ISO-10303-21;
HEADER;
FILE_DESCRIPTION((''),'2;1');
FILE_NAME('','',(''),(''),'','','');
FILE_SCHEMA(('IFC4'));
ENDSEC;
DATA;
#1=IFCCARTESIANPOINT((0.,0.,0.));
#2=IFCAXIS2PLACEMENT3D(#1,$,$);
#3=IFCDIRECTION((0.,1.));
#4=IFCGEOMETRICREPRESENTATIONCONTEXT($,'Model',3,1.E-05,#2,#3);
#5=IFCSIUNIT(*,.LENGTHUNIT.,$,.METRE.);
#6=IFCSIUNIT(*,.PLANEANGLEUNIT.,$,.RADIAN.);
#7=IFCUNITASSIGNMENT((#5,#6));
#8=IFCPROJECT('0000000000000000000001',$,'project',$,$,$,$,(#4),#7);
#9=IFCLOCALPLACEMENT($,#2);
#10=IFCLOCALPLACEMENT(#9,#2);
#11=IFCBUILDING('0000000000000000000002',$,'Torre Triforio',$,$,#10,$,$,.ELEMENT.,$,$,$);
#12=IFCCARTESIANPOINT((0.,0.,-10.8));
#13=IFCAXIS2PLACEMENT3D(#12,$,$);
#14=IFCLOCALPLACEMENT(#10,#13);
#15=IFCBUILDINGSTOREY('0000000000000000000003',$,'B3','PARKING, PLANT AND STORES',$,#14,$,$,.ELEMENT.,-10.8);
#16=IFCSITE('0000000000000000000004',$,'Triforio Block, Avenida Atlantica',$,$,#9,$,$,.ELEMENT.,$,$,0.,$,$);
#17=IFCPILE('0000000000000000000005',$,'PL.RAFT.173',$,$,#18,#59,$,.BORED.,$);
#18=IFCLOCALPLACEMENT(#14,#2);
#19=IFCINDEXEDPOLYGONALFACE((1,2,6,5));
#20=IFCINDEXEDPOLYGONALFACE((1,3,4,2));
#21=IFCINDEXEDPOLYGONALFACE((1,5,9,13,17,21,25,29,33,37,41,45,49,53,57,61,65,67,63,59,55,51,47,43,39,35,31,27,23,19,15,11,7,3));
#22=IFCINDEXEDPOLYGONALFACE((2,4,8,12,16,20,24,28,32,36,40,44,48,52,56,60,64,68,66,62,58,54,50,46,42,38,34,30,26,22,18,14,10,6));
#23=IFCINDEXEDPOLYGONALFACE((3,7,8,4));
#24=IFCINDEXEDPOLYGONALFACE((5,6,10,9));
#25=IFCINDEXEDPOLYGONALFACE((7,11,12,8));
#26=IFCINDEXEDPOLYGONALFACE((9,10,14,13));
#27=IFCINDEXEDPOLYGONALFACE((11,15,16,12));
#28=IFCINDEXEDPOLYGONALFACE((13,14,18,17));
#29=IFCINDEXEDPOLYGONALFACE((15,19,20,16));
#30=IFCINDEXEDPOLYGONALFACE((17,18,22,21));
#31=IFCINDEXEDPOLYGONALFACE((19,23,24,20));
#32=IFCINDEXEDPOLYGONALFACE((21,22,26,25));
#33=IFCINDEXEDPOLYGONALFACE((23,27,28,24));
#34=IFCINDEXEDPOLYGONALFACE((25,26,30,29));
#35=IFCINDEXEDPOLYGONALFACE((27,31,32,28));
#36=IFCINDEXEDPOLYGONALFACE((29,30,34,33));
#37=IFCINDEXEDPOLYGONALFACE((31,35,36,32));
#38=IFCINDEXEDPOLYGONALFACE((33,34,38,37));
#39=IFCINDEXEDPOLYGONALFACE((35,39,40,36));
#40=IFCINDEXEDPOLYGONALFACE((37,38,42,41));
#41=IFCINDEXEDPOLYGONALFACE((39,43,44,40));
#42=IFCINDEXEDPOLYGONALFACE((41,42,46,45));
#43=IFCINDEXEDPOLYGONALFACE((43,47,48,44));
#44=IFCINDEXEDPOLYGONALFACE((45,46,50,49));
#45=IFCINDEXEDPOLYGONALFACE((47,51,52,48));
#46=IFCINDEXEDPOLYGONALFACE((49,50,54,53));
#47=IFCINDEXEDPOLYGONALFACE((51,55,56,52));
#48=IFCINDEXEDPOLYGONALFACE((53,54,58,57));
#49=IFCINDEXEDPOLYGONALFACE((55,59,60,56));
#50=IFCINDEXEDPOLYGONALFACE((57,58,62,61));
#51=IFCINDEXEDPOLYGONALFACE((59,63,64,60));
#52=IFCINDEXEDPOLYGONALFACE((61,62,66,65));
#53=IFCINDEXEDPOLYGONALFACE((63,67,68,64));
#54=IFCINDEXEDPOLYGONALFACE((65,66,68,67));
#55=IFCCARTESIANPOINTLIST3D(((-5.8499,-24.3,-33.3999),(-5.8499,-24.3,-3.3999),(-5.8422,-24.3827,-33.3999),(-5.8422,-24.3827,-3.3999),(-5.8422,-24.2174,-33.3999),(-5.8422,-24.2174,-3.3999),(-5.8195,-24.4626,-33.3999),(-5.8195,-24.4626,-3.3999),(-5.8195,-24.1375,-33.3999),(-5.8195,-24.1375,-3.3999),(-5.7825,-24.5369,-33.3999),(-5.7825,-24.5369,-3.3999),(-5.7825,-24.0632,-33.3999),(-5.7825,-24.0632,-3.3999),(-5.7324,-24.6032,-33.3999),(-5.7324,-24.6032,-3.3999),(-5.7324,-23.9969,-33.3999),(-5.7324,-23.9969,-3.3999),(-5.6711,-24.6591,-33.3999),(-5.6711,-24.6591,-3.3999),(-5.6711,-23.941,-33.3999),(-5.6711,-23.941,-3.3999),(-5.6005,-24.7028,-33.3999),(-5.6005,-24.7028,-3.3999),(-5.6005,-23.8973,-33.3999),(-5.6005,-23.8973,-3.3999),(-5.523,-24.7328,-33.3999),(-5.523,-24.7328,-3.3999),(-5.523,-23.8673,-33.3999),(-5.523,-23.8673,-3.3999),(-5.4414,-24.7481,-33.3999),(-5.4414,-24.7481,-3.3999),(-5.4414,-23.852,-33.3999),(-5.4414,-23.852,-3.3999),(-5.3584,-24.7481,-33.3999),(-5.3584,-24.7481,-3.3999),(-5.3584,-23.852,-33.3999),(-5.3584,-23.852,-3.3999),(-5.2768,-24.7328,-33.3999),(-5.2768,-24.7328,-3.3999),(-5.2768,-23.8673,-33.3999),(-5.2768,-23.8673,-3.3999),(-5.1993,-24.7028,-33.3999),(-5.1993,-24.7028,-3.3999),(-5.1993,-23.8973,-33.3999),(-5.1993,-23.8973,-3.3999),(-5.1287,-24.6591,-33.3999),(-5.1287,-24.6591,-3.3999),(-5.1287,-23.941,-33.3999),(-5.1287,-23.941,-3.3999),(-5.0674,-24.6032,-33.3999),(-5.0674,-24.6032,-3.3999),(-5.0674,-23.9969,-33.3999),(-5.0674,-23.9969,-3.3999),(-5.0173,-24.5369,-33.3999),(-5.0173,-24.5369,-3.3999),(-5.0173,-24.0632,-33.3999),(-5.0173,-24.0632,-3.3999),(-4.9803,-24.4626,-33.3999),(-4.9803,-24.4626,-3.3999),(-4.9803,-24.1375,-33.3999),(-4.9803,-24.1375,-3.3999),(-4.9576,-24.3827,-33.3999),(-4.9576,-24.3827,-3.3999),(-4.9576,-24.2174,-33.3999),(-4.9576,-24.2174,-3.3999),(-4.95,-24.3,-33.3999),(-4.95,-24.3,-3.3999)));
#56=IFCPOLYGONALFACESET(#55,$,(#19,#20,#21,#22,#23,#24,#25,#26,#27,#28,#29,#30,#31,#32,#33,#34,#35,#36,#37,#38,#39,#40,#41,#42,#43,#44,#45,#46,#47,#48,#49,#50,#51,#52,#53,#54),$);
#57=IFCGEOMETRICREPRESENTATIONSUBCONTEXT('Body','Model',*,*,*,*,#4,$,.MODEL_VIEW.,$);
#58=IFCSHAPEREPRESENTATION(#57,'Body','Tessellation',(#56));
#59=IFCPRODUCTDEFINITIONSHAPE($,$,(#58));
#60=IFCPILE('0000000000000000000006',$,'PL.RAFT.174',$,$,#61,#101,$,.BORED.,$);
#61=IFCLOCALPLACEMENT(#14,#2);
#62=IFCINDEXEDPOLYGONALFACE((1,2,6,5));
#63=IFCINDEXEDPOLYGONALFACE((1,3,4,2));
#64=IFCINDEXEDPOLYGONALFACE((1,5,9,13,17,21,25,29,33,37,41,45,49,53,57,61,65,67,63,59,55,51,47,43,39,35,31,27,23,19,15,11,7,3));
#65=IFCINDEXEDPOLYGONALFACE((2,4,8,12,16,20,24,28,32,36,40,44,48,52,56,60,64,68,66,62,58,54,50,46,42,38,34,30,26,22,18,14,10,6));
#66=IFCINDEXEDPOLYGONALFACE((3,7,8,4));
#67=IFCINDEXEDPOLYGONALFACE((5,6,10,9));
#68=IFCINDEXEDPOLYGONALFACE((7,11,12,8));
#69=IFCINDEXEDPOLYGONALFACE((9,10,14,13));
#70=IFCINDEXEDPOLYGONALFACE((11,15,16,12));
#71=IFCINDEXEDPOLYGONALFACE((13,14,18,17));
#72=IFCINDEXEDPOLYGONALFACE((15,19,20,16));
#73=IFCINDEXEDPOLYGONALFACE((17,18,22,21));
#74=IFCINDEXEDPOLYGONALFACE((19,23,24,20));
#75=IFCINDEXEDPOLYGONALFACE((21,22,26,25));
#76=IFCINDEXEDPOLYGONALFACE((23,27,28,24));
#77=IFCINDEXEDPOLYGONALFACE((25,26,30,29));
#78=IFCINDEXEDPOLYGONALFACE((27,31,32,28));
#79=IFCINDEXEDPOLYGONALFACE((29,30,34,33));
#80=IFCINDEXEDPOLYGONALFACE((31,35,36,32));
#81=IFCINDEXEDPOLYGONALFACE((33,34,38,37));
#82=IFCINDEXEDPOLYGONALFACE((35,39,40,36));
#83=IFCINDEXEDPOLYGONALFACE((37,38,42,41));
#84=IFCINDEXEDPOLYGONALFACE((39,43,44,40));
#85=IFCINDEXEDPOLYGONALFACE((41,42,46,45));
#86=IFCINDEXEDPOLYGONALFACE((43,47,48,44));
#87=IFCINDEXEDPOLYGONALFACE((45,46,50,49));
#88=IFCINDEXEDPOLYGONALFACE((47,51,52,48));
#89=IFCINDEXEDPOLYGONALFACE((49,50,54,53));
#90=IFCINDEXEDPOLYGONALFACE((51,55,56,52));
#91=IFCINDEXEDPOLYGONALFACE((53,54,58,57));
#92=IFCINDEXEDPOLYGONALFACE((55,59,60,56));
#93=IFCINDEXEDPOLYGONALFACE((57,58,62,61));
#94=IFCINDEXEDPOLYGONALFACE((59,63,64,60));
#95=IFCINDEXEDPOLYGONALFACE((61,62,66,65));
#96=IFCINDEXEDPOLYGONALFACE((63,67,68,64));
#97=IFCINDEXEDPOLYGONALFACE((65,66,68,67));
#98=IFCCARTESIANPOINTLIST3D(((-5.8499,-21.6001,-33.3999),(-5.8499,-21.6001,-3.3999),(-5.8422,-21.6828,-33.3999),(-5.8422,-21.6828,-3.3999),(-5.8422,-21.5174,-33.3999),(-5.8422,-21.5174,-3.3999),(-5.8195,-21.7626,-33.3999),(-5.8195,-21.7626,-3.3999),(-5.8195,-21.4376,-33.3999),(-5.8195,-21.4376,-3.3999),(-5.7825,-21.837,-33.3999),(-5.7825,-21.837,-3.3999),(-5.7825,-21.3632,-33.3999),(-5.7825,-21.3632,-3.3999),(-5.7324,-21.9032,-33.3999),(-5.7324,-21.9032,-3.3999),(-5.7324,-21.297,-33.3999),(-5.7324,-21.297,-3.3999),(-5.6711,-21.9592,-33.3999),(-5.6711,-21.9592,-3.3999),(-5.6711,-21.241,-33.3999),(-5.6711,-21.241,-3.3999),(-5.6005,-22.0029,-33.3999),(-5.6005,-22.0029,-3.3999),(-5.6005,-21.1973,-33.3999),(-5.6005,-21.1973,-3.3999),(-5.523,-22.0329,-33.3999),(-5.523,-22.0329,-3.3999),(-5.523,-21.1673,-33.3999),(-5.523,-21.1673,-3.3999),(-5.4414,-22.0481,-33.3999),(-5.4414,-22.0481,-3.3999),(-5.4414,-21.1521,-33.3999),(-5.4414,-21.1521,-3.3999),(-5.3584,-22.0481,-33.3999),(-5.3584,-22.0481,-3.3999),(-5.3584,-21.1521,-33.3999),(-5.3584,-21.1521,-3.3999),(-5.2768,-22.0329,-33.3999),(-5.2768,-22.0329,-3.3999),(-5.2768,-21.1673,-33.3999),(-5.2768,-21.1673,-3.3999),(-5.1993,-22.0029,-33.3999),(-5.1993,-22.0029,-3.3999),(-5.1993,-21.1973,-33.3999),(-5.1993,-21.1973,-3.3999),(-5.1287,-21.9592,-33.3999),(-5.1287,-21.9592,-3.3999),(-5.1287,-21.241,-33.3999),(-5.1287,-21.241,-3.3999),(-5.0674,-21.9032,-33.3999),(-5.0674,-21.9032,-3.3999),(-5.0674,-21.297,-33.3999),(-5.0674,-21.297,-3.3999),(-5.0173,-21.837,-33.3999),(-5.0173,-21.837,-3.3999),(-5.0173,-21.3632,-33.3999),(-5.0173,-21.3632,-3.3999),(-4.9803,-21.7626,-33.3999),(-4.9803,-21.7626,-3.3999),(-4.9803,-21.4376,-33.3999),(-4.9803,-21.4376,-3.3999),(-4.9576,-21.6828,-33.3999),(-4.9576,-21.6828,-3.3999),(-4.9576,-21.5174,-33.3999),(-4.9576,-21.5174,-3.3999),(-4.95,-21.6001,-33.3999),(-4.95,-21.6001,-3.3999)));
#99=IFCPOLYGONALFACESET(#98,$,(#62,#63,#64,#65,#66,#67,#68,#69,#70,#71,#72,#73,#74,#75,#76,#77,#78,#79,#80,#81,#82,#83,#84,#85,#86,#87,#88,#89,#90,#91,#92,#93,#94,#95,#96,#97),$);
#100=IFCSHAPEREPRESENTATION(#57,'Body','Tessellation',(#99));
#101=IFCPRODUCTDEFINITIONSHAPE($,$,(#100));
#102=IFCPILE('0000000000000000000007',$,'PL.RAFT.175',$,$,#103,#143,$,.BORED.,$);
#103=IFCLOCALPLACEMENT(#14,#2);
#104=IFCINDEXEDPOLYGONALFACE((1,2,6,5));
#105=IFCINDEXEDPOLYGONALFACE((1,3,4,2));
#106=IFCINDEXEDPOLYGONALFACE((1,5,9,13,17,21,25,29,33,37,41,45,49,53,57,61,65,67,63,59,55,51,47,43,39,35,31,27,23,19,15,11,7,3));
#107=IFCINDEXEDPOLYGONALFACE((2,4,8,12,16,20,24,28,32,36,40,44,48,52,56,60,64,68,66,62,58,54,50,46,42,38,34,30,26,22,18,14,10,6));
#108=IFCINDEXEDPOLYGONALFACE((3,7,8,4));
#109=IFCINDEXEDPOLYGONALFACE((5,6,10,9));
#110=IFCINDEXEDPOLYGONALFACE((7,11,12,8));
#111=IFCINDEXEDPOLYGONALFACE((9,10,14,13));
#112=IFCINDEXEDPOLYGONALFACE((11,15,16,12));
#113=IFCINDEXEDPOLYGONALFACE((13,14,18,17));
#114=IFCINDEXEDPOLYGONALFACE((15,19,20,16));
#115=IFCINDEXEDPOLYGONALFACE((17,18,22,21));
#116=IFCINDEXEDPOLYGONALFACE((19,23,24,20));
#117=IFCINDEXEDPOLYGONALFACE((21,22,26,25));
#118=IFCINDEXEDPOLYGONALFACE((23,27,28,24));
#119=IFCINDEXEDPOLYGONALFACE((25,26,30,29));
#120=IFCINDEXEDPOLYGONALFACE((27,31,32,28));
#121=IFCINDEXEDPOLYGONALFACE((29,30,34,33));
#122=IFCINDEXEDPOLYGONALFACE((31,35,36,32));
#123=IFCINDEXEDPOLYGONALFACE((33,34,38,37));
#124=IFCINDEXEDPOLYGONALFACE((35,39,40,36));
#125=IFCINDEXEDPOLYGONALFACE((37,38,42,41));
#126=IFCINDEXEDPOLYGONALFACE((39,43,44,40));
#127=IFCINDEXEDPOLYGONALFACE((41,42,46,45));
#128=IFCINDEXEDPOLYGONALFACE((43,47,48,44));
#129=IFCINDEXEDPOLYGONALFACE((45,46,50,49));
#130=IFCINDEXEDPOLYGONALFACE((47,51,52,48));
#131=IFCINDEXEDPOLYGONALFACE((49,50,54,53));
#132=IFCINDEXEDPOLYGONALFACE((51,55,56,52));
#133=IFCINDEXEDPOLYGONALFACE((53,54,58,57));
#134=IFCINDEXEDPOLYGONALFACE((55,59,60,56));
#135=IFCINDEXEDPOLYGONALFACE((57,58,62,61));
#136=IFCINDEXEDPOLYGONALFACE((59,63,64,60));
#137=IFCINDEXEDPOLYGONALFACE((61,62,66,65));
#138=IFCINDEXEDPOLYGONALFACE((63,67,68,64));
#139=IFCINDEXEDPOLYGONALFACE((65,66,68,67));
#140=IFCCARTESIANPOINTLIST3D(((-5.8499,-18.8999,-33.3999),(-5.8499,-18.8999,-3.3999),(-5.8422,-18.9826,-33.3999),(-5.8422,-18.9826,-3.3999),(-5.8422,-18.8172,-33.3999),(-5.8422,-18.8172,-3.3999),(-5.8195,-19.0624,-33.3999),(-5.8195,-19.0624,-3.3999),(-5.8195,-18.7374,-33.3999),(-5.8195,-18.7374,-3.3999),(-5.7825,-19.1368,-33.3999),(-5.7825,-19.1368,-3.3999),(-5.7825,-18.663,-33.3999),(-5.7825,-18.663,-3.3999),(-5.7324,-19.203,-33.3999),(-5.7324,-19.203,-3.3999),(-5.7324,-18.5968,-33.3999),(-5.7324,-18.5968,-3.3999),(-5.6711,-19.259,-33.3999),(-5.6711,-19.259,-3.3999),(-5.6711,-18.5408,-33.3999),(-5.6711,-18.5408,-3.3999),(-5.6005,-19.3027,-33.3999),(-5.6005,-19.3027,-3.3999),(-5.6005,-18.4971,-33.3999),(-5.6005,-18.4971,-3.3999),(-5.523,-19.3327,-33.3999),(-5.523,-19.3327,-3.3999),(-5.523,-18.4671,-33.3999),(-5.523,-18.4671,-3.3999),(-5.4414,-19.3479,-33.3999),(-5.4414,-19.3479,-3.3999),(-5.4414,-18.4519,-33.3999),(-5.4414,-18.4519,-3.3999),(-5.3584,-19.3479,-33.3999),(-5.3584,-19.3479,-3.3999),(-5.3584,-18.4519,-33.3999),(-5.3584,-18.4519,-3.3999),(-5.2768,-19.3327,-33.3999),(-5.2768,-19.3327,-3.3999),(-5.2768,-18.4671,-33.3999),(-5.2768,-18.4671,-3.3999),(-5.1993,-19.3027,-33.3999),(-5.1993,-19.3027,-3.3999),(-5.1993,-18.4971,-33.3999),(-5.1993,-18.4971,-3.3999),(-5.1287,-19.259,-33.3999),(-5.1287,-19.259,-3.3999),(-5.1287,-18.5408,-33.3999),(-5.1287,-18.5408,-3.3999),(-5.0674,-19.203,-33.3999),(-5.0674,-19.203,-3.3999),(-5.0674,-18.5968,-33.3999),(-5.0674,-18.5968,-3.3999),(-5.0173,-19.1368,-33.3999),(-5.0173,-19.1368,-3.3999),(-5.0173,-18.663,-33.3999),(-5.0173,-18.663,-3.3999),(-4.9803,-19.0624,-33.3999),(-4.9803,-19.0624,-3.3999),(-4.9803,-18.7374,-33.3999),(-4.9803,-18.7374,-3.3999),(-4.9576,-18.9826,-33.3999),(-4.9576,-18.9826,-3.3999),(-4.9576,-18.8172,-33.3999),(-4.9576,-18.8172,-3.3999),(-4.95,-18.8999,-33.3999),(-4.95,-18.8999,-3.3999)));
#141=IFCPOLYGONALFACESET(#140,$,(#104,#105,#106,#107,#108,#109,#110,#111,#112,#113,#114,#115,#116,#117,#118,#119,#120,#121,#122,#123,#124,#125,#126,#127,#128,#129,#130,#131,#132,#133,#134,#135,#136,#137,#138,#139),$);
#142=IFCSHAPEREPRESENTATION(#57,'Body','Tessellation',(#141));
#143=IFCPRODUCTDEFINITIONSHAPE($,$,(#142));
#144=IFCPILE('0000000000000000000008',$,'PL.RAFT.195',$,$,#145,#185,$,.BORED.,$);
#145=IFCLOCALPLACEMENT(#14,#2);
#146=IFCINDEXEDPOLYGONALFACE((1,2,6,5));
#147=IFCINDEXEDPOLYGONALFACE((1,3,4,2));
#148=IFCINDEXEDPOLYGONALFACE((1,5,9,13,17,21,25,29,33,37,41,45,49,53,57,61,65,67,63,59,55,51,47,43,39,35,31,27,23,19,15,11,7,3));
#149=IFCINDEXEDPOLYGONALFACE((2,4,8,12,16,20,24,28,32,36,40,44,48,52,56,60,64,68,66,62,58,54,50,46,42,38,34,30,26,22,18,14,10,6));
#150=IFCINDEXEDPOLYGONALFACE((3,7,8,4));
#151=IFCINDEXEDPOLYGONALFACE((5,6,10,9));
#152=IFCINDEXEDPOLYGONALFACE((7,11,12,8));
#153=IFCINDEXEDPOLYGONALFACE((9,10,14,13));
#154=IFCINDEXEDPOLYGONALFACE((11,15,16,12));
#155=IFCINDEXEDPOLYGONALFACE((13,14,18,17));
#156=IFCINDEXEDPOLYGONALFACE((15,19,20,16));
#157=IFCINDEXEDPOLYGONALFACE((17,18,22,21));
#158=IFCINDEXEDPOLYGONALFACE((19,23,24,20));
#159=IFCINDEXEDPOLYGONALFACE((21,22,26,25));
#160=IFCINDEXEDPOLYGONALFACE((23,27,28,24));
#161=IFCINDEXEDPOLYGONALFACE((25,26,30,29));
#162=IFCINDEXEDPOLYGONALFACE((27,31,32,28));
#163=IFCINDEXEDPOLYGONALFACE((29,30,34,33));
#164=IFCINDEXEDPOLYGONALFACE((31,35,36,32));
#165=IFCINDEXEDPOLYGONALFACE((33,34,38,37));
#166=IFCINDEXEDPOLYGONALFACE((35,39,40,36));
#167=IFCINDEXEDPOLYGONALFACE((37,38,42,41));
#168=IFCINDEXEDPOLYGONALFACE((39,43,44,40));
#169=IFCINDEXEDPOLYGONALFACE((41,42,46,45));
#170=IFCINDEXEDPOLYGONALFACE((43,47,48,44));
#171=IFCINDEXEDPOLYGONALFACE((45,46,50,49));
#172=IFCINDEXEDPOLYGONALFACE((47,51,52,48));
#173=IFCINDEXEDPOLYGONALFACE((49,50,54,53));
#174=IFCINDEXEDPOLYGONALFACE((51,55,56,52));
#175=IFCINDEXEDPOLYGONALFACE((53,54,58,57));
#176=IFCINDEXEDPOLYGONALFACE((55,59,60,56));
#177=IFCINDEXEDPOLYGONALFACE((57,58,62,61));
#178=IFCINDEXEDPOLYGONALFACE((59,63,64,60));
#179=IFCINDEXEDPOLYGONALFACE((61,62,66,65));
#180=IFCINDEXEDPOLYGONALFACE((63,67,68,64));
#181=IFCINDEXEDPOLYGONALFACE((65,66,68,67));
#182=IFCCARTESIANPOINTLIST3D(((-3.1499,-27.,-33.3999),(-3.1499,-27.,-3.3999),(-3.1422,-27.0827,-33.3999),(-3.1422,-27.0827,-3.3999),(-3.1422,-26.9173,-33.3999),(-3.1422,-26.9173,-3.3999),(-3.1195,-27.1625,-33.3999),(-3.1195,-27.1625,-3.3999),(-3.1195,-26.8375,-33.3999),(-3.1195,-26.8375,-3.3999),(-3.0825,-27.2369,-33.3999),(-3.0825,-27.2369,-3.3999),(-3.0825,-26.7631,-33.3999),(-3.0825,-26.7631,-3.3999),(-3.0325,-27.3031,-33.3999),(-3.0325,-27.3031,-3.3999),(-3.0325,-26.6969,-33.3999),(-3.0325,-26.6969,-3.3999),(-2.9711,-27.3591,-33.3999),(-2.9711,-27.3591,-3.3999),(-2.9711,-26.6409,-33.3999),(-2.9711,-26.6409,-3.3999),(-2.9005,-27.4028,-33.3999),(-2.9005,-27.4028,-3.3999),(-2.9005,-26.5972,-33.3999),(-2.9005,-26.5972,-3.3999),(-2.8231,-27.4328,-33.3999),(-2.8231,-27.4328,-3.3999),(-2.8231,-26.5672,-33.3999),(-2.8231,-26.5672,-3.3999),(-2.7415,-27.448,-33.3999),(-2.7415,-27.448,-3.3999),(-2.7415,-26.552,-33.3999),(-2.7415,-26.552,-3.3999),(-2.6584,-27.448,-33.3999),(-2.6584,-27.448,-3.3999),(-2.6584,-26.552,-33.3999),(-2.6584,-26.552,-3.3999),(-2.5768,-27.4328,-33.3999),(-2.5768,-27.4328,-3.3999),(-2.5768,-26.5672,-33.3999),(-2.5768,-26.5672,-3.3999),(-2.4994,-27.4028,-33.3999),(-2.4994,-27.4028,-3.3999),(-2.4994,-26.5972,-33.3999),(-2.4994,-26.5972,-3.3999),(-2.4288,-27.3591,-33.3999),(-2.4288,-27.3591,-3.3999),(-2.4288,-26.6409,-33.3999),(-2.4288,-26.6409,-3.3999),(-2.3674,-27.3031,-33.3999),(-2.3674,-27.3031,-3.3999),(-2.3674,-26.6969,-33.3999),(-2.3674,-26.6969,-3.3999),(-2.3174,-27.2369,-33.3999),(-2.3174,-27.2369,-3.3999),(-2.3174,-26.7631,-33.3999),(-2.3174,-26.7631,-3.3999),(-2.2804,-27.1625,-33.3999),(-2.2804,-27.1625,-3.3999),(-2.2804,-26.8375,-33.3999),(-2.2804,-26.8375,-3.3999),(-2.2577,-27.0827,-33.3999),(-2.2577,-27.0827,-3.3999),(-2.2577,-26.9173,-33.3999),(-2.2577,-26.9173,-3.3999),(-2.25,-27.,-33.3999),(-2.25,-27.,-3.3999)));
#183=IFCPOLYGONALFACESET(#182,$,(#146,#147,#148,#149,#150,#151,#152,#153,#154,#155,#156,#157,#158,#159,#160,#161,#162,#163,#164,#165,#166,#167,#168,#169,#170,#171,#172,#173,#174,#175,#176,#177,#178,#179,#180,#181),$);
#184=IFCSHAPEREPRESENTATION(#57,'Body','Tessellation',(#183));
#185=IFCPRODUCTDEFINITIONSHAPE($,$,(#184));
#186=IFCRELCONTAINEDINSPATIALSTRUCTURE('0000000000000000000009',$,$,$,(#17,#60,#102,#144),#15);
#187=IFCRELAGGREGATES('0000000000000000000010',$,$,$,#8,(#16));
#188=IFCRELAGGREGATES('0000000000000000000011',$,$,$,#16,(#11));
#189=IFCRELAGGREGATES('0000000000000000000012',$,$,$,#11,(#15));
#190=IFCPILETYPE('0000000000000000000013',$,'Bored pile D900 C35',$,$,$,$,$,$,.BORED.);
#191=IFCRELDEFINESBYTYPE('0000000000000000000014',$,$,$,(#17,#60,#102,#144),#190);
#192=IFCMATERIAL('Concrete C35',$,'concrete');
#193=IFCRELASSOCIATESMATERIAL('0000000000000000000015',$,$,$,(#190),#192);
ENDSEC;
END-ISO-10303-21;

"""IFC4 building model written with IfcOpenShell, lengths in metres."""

from ifc_helpers import new_model, si_unit, direction, frame, origin, origin_2d, place, context, subcontext, project, spatial, circle, extrude, material, material_profile, profile_set, type_object, element, save


model = new_model("IFC4")

# Units and contexts
model_context = context("Model", 3, precision=1e-05, world=origin(), true_north=direction((0.0, 1.0)))
body_context = subcontext(model_context, "Body", "Model", "MODEL_VIEW")
ifc_project = project(units=[si_unit("LENGTHUNIT", "METRE"), si_unit("PLANEANGLEUNIT", "RADIAN")], contexts=[model_context])

# Site, building, storey
site_placement = place(None, origin())
site = spatial("IfcSite", under=ifc_project, at=site_placement, Name="Triforio Block, Avenida Atlantica", CompositionType="ELEMENT", RefElevation=0.0)
building_placement = place(site_placement, origin())
building = spatial("IfcBuilding", under=site, at=building_placement, Name="Torre Triforio", CompositionType="ELEMENT")
storey_placement = place(building_placement, frame((0.0, 0.0, -10.8)))
storey = spatial("IfcBuildingStorey", under=building, at=storey_placement, Name="B3", Description="PARKING, PLANT AND STORES", CompositionType="ELEMENT", Elevation=-10.8)

# Piles
ifc_material_1 = material(Name="Concrete C35", Category="concrete")
ifc_material_profile_1 = material_profile(ifc_material_1, circle(Radius=0.45, at=origin_2d()), Name="RC D900")
ifc_profile_set_1 = profile_set([ifc_material_profile_1], Name="Concrete C35")
pile_type = type_object("IfcPileType", Name="Bored pile D900 C35", PredefinedType="BORED", material=ifc_profile_set_1)
for number, where, z_axis, x_axis, name in (
    (1, (-5.3999, -24.3, -3.3999), (0.0, 0.0, -1.0), (1.0, 0.0, 0.0), "PL.RAFT.173"),
    (2, (-5.3999, -21.6001, -3.3999), (0.0, 0.0, -1.0), (1.0, 0.0, 0.0), "PL.RAFT.174"),
    (3, (-5.3999, -18.8999, -3.3999), (0.0, 0.0, -1.0), (1.0, 0.0, 0.0), "PL.RAFT.175"),
    (4, (-2.7, -27.0, -3.3999), (0.0, 0.0, -1.0), (1.0, 0.0, 0.0), "PL.RAFT.195"),
):
    element("IfcPile", number, at=place(storey_placement, frame(where, z_axis=z_axis, x_axis=x_axis)), inside=storey, type_object=pile_type, Name=name, PredefinedType="BORED", context=body_context, shape_type="SweptSolid", body=[
        extrude(circle(Radius=0.45, at=origin_2d()), origin(), (0.0, 0.0, 1.0), 30.0),
    ])

save(model, "model.ifc")
